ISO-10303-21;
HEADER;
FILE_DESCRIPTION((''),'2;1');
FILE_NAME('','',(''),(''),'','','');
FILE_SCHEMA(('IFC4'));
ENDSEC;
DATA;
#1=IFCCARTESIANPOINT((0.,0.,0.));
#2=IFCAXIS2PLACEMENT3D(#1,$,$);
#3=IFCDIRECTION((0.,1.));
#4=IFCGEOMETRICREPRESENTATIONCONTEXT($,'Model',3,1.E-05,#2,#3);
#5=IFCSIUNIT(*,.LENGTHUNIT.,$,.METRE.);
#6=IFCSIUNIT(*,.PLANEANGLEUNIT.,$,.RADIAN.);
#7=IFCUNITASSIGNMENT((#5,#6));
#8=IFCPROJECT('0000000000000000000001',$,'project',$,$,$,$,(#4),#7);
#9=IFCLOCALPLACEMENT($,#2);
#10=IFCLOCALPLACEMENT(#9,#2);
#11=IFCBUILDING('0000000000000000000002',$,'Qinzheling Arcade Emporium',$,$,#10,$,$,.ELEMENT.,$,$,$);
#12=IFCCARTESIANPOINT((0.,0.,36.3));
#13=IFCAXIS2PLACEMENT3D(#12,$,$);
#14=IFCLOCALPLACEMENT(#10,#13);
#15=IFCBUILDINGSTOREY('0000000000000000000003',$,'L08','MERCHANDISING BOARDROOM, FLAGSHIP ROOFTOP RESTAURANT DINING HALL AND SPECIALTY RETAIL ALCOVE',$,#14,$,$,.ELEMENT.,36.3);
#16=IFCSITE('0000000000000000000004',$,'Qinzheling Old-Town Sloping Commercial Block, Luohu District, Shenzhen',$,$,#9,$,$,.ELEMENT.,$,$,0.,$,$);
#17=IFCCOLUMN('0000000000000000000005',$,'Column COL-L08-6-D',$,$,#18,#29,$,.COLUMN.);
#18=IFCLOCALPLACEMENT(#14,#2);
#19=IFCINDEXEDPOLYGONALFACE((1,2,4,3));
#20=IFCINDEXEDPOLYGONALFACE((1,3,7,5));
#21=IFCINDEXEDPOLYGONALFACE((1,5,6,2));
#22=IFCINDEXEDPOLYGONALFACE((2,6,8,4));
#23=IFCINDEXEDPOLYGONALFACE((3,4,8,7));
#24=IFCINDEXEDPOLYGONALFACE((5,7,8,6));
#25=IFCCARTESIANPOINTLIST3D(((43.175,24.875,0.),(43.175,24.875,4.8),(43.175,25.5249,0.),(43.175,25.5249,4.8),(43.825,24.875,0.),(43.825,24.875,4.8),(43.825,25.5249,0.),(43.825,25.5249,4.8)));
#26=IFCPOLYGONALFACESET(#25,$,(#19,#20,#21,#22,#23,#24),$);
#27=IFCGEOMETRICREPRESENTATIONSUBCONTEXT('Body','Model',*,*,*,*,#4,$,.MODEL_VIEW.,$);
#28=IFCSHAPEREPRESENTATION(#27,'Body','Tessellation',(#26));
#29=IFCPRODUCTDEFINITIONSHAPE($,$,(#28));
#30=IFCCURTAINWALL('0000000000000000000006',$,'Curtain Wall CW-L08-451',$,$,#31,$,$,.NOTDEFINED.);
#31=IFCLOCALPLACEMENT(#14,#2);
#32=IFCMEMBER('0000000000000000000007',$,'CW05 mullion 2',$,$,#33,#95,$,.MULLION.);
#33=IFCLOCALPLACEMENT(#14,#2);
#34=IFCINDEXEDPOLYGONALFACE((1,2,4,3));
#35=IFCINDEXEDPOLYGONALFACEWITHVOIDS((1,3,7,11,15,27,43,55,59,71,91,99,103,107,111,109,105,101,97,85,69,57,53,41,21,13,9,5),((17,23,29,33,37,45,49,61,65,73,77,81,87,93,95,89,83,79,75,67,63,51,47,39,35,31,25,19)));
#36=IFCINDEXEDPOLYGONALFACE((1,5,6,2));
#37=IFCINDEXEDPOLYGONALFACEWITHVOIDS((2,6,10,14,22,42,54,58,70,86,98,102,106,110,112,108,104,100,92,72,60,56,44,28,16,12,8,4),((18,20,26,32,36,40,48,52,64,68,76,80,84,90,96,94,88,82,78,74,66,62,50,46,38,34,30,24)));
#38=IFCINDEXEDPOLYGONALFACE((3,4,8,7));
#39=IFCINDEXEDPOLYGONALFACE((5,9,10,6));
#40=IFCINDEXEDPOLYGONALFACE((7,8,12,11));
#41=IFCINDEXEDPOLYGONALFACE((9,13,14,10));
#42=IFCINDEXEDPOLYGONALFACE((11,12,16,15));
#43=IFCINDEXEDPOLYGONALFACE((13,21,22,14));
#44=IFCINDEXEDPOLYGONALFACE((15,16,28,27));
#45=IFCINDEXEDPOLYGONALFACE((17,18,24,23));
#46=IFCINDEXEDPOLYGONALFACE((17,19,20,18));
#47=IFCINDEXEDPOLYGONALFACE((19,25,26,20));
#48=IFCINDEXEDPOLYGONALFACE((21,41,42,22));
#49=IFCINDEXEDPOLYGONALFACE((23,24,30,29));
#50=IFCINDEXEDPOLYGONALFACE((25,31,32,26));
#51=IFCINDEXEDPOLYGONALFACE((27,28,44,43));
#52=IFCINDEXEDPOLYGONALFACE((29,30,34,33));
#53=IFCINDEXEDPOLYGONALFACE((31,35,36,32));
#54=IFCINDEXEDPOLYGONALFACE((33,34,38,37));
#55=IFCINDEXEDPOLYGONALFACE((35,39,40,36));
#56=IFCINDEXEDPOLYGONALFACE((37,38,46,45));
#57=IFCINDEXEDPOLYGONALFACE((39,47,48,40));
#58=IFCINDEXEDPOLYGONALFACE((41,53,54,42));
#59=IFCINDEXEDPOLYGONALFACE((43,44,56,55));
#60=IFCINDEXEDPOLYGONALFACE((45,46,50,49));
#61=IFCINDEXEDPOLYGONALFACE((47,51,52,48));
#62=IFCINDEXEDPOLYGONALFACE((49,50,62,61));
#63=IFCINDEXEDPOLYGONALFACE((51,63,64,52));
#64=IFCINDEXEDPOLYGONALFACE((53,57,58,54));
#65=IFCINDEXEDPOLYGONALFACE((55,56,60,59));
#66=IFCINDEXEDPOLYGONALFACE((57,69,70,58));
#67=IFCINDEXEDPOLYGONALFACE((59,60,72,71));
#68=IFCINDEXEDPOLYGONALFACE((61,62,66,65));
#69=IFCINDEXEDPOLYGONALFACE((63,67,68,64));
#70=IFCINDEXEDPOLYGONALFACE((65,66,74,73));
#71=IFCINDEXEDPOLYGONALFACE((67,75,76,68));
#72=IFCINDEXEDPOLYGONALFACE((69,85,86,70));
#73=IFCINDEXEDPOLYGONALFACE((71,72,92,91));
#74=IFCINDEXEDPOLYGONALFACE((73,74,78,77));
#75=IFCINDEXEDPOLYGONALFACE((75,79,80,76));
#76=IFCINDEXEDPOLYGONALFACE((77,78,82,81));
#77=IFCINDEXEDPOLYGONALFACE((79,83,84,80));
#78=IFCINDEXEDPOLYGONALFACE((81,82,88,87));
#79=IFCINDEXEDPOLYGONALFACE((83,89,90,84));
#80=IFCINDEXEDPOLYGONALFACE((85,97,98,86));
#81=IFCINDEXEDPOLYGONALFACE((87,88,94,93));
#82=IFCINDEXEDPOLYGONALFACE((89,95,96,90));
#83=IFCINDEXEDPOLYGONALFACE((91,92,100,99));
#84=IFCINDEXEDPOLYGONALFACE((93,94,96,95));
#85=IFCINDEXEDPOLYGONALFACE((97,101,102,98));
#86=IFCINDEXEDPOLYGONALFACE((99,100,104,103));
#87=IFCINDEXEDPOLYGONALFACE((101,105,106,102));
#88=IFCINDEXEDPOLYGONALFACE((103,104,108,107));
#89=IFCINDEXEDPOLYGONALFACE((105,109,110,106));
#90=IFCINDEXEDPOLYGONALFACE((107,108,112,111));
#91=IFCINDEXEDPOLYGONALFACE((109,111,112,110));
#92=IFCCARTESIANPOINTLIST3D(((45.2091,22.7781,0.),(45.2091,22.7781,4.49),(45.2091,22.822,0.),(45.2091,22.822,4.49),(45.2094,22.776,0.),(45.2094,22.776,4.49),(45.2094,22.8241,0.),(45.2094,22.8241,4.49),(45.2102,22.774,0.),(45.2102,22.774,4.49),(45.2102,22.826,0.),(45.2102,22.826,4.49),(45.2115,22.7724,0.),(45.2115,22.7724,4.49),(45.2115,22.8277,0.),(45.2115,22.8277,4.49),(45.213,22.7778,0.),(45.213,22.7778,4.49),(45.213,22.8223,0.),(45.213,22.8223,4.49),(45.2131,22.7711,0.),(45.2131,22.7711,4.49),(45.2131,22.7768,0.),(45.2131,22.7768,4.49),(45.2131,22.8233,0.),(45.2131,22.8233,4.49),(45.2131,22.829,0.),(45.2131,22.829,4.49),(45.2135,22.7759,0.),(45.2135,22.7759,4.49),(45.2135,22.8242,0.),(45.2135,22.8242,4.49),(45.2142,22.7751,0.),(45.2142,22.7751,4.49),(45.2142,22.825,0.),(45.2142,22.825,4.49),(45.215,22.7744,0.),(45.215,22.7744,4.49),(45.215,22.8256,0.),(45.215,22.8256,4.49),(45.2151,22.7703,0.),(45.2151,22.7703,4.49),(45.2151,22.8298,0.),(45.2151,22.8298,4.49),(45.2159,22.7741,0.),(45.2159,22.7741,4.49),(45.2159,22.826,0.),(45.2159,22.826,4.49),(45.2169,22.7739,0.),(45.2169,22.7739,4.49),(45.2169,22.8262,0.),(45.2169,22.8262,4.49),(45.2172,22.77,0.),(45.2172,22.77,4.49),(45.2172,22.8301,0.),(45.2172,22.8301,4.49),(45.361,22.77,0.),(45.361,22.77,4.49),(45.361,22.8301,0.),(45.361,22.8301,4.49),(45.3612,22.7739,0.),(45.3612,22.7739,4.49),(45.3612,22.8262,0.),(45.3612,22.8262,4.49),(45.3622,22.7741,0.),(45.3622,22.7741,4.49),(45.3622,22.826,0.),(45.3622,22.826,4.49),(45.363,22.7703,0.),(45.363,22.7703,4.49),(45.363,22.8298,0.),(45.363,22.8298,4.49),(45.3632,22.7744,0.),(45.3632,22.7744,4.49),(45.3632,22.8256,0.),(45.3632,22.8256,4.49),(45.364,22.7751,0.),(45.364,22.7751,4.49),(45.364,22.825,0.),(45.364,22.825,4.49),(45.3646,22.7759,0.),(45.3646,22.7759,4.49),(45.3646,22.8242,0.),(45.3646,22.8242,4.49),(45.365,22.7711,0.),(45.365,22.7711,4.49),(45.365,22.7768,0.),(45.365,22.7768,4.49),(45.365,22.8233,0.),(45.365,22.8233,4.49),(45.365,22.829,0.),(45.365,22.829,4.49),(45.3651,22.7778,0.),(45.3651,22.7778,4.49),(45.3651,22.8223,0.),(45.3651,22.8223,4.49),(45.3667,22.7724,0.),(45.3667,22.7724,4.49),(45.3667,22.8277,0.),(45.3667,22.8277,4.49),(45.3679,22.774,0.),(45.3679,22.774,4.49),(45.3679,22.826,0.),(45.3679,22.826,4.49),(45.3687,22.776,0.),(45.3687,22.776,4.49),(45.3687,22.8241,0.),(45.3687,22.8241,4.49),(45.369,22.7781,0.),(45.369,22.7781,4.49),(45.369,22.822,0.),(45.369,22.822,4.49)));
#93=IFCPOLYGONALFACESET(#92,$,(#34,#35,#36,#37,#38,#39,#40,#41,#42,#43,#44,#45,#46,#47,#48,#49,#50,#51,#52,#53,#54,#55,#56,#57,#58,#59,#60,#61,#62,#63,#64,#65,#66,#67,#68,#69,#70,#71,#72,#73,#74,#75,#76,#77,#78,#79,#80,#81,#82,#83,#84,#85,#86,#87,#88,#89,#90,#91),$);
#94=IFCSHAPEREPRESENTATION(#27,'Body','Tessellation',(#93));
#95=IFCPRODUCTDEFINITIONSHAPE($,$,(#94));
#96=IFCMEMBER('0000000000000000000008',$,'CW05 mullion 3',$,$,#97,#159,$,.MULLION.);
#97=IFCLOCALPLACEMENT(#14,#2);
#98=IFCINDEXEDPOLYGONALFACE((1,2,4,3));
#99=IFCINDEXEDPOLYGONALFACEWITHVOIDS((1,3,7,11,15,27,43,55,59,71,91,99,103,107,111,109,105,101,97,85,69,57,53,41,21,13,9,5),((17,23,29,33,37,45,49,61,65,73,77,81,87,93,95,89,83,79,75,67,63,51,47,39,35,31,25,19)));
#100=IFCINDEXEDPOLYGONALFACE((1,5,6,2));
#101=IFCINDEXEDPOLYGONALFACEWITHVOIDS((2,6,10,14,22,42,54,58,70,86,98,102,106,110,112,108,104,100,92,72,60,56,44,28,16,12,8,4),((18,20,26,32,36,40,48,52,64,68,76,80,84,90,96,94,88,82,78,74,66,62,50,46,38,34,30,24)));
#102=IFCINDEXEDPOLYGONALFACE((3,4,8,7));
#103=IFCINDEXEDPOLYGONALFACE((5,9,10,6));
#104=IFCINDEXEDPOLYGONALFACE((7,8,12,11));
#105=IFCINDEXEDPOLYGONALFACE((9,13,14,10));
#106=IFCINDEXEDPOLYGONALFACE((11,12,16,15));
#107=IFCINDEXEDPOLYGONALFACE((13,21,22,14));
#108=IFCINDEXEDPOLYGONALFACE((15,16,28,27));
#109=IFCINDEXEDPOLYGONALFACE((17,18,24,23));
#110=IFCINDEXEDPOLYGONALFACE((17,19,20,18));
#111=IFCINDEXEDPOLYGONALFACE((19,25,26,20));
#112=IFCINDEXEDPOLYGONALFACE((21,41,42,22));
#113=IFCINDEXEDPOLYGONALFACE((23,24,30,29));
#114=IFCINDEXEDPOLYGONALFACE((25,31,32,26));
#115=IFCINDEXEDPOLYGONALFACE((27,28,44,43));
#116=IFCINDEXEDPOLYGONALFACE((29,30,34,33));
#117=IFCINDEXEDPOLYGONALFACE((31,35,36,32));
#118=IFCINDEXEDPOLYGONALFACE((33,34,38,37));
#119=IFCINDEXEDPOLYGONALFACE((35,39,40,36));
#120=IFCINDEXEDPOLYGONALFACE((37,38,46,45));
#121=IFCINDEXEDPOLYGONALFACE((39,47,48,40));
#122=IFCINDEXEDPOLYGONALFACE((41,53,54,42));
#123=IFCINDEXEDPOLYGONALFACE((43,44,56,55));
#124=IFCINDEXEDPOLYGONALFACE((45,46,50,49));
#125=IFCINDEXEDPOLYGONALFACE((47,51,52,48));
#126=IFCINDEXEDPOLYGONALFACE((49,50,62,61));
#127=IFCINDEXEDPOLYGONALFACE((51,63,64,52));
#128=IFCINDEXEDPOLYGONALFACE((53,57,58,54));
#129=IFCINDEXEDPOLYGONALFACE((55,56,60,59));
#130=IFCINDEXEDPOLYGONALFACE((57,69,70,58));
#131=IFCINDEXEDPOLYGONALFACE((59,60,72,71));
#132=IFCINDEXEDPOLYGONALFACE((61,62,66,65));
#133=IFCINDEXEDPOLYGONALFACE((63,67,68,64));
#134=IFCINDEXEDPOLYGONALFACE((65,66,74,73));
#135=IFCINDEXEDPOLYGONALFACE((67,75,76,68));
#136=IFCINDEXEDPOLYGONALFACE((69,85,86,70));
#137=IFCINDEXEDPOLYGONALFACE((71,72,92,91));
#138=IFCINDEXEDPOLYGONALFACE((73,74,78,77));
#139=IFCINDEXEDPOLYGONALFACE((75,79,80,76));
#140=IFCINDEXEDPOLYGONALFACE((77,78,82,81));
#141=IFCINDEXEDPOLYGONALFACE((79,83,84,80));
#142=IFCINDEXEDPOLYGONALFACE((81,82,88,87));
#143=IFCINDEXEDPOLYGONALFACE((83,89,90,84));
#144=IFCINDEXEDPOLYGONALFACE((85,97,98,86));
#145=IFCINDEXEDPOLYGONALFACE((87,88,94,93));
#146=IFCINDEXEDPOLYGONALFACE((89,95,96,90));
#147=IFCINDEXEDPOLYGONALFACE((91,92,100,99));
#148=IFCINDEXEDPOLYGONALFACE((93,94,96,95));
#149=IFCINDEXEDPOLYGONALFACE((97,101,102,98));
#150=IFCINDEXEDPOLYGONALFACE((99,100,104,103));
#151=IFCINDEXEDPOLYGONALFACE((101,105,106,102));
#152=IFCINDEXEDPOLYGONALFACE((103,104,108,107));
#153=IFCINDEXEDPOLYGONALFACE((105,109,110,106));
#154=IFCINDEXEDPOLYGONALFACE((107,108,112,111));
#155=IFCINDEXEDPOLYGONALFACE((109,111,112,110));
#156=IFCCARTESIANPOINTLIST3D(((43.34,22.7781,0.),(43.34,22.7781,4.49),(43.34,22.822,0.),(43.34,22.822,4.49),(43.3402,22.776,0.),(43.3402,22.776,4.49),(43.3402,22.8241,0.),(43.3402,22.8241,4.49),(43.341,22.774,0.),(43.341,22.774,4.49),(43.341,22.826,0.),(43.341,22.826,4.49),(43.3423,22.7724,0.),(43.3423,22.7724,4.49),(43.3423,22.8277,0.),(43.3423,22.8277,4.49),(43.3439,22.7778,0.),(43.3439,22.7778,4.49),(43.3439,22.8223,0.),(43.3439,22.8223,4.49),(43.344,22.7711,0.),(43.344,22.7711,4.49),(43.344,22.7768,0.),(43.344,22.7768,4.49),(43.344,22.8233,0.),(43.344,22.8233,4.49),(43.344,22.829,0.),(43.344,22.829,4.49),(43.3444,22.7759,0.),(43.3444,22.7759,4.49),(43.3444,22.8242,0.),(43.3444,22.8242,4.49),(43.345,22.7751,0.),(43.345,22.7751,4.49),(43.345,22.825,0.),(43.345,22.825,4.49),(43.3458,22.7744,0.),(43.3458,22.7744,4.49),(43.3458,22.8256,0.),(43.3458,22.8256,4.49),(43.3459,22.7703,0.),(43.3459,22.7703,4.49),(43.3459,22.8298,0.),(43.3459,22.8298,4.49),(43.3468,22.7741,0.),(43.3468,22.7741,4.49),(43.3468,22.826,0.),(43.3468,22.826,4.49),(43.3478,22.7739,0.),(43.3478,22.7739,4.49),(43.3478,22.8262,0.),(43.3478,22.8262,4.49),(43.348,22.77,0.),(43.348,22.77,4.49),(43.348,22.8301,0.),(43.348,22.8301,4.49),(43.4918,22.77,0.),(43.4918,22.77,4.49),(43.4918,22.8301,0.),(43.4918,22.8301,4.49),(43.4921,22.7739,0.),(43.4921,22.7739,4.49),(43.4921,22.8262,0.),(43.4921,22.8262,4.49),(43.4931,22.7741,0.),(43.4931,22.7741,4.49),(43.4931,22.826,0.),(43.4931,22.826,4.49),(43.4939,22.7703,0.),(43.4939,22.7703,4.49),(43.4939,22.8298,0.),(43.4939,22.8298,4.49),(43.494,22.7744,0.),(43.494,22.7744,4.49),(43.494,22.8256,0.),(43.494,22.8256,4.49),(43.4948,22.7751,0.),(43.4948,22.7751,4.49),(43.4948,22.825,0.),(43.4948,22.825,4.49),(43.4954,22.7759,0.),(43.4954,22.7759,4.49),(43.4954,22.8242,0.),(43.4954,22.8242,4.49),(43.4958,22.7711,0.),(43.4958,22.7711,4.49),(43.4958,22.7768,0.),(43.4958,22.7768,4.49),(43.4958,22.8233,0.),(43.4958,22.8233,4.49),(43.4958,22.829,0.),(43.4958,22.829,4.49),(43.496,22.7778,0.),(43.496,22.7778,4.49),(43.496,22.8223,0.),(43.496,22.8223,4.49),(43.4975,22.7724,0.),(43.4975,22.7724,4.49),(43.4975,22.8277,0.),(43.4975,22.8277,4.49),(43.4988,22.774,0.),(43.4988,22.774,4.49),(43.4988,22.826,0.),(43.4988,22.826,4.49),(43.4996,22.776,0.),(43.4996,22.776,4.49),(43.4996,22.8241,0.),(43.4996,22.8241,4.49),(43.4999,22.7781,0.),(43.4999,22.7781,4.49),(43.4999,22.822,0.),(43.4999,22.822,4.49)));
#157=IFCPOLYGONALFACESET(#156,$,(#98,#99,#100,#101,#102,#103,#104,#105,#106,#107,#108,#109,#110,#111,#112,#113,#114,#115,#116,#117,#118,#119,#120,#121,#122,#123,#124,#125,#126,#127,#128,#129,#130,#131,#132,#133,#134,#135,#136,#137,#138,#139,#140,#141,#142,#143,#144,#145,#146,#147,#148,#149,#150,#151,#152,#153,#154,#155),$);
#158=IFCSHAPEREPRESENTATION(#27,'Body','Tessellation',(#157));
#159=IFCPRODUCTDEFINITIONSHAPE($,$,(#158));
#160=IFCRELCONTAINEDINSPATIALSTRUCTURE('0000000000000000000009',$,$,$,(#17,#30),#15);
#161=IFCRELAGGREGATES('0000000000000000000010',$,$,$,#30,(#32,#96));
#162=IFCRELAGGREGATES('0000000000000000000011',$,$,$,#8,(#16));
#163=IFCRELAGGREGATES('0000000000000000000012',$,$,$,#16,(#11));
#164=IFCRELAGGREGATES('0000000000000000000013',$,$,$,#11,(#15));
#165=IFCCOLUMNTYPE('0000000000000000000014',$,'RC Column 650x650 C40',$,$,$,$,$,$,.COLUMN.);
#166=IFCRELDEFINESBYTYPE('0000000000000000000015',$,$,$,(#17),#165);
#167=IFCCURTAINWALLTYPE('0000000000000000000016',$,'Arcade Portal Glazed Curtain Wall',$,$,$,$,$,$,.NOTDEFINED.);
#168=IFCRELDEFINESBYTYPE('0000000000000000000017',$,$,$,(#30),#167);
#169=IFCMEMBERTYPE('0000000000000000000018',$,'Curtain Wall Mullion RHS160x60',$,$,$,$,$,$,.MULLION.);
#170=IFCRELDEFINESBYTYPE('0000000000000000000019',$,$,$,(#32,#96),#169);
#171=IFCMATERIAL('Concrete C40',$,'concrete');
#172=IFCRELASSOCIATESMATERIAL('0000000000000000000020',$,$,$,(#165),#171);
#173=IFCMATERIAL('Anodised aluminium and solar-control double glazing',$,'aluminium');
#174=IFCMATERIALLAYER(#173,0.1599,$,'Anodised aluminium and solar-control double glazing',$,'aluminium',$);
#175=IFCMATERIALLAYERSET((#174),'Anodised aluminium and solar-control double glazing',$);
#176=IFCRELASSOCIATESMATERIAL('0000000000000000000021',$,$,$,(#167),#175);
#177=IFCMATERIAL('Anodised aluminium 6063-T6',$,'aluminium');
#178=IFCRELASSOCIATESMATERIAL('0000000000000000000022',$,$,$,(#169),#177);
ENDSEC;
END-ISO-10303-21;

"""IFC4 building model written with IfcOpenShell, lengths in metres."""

from ifc_helpers import new_model, si_unit, direction, frame, origin, origin_2d, place, context, subcontext, project, spatial, rectangle, hollow_rectangle, extrude, material, layer, layer_set, material_profile, profile_set, type_object, element, aggregate, save


model = new_model("IFC4")

# Units and contexts
model_context = context("Model", 3, precision=1e-05, world=origin(), true_north=direction((0.0, 1.0)))
body_context = subcontext(model_context, "Body", "Model", "MODEL_VIEW")
ifc_project = project(units=[si_unit("LENGTHUNIT", "METRE"), si_unit("PLANEANGLEUNIT", "RADIAN")], contexts=[model_context])

# Site, building, storey
site_placement = place(None, origin())
site = spatial("IfcSite", under=ifc_project, at=site_placement, Name="Qinzheling Old-Town Sloping Commercial Block, Luohu District, Shenzhen", CompositionType="ELEMENT", RefElevation=0.0)
building_placement = place(site_placement, origin())
building = spatial("IfcBuilding", under=site, at=building_placement, Name="Qinzheling Arcade Emporium", CompositionType="ELEMENT")
storey_placement = place(building_placement, frame((0.0, 0.0, 36.3)))
storey = spatial("IfcBuildingStorey", under=building, at=storey_placement, Name="L08", Description="MERCHANDISING BOARDROOM, FLAGSHIP ROOFTOP RESTAURANT DINING HALL AND SPECIALTY RETAIL ALCOVE", CompositionType="ELEMENT", Elevation=36.3)

# Column
ifc_material_1 = material(Name="Concrete C40", Category="concrete")
ifc_material_profile_1 = material_profile(ifc_material_1, rectangle(XDim=0.6499, YDim=0.6499, at=origin_2d()), Name="RC 650x650", Category="concrete")
ifc_profile_set_1 = profile_set([ifc_material_profile_1], Name="Concrete C40")
column_type = type_object("IfcColumnType", Name="RC Column 650x650 C40", PredefinedType="COLUMN", material=ifc_profile_set_1)
column_placement = place(storey_placement, frame((43.5, 25.2, 0.0), z_axis=(0.0, 0.0, 1.0), x_axis=(1.0, 0.0, 0.0)))
element("IfcColumn", 1, at=column_placement, inside=storey, type_object=column_type, Name="Column COL-L08-6-D", PredefinedType="COLUMN", context=body_context, shape_type="SweptSolid", body=[
    extrude(rectangle(XDim=0.6499, YDim=0.6499, at=origin_2d()), origin(), (0.0, 0.0, 1.0), 4.8),
])

# Curtain wall, members
ifc_material_2 = material(Name="Anodised aluminium and solar-control double glazing", Category="aluminium")
ifc_layer_1 = layer(ifc_material_2, 0.1599, Name="Anodised aluminium and solar-control double glazing", Category="aluminium")
ifc_layer_set_1 = layer_set([ifc_layer_1], Name="Anodised aluminium and solar-control double glazing")
curtain_wall_type = type_object("IfcCurtainWallType", Name="Arcade Portal Glazed Curtain Wall", PredefinedType="NOTDEFINED", material=ifc_layer_set_1)
curtain_wall_placement = place(storey_placement, origin())
curtain_wall = element("IfcCurtainWall", 2, at=curtain_wall_placement, inside=storey, type_object=curtain_wall_type, Name="Curtain Wall CW-L08-451", PredefinedType="NOTDEFINED")
ifc_material_3 = material(Name="Anodised aluminium 6063-T6", Category="aluminium")
ifc_material_profile_2 = material_profile(ifc_material_3, hollow_rectangle(XDim=0.0601, YDim=0.1599, WallThickness=0.0039, InnerFilletRadius=0.0039, OuterFilletRadius=0.0081, at=origin_2d()), Name="RHS 160x60x4", Category="aluminium")
ifc_profile_set_2 = profile_set([ifc_material_profile_2], Name="Anodised aluminium 6063-T6")
member_type_1 = type_object("IfcMemberType", Name="Curtain Wall Mullion RHS160x60", PredefinedType="MULLION", material=ifc_profile_set_2)
member_1_placement = place(storey_placement, frame((45.2891, 22.8, 0.0), z_axis=(0.0, 0.0, 1.0), x_axis=(0.0, -1.0, 0.0)))
member_1 = element("IfcMember", 3, at=member_1_placement, type_object=member_type_1, Name="CW05 mullion 2", PredefinedType="MULLION", context=body_context, shape_type="SweptSolid", body=[
    extrude(hollow_rectangle(XDim=0.0601, YDim=0.1599, WallThickness=0.0039, InnerFilletRadius=0.0039, OuterFilletRadius=0.0081, at=origin_2d()), origin(), (0.0, 0.0, 1.0), 4.49),
])
member_2_placement = place(storey_placement, frame((43.4199, 22.8, 0.0), z_axis=(0.0, 0.0, 1.0), x_axis=(0.0, -1.0, 0.0)))
member_2 = element("IfcMember", 4, at=member_2_placement, type_object=member_type_1, Name="CW05 mullion 3", PredefinedType="MULLION", context=body_context, shape_type="SweptSolid", body=[
    extrude(hollow_rectangle(XDim=0.0601, YDim=0.1599, WallThickness=0.0039, InnerFilletRadius=0.0039, OuterFilletRadius=0.0081, at=origin_2d()), origin(), (0.0, 0.0, 1.0), 4.49),
])

aggregate(curtain_wall, [member_1, member_2])

save(model, "model.ifc")
